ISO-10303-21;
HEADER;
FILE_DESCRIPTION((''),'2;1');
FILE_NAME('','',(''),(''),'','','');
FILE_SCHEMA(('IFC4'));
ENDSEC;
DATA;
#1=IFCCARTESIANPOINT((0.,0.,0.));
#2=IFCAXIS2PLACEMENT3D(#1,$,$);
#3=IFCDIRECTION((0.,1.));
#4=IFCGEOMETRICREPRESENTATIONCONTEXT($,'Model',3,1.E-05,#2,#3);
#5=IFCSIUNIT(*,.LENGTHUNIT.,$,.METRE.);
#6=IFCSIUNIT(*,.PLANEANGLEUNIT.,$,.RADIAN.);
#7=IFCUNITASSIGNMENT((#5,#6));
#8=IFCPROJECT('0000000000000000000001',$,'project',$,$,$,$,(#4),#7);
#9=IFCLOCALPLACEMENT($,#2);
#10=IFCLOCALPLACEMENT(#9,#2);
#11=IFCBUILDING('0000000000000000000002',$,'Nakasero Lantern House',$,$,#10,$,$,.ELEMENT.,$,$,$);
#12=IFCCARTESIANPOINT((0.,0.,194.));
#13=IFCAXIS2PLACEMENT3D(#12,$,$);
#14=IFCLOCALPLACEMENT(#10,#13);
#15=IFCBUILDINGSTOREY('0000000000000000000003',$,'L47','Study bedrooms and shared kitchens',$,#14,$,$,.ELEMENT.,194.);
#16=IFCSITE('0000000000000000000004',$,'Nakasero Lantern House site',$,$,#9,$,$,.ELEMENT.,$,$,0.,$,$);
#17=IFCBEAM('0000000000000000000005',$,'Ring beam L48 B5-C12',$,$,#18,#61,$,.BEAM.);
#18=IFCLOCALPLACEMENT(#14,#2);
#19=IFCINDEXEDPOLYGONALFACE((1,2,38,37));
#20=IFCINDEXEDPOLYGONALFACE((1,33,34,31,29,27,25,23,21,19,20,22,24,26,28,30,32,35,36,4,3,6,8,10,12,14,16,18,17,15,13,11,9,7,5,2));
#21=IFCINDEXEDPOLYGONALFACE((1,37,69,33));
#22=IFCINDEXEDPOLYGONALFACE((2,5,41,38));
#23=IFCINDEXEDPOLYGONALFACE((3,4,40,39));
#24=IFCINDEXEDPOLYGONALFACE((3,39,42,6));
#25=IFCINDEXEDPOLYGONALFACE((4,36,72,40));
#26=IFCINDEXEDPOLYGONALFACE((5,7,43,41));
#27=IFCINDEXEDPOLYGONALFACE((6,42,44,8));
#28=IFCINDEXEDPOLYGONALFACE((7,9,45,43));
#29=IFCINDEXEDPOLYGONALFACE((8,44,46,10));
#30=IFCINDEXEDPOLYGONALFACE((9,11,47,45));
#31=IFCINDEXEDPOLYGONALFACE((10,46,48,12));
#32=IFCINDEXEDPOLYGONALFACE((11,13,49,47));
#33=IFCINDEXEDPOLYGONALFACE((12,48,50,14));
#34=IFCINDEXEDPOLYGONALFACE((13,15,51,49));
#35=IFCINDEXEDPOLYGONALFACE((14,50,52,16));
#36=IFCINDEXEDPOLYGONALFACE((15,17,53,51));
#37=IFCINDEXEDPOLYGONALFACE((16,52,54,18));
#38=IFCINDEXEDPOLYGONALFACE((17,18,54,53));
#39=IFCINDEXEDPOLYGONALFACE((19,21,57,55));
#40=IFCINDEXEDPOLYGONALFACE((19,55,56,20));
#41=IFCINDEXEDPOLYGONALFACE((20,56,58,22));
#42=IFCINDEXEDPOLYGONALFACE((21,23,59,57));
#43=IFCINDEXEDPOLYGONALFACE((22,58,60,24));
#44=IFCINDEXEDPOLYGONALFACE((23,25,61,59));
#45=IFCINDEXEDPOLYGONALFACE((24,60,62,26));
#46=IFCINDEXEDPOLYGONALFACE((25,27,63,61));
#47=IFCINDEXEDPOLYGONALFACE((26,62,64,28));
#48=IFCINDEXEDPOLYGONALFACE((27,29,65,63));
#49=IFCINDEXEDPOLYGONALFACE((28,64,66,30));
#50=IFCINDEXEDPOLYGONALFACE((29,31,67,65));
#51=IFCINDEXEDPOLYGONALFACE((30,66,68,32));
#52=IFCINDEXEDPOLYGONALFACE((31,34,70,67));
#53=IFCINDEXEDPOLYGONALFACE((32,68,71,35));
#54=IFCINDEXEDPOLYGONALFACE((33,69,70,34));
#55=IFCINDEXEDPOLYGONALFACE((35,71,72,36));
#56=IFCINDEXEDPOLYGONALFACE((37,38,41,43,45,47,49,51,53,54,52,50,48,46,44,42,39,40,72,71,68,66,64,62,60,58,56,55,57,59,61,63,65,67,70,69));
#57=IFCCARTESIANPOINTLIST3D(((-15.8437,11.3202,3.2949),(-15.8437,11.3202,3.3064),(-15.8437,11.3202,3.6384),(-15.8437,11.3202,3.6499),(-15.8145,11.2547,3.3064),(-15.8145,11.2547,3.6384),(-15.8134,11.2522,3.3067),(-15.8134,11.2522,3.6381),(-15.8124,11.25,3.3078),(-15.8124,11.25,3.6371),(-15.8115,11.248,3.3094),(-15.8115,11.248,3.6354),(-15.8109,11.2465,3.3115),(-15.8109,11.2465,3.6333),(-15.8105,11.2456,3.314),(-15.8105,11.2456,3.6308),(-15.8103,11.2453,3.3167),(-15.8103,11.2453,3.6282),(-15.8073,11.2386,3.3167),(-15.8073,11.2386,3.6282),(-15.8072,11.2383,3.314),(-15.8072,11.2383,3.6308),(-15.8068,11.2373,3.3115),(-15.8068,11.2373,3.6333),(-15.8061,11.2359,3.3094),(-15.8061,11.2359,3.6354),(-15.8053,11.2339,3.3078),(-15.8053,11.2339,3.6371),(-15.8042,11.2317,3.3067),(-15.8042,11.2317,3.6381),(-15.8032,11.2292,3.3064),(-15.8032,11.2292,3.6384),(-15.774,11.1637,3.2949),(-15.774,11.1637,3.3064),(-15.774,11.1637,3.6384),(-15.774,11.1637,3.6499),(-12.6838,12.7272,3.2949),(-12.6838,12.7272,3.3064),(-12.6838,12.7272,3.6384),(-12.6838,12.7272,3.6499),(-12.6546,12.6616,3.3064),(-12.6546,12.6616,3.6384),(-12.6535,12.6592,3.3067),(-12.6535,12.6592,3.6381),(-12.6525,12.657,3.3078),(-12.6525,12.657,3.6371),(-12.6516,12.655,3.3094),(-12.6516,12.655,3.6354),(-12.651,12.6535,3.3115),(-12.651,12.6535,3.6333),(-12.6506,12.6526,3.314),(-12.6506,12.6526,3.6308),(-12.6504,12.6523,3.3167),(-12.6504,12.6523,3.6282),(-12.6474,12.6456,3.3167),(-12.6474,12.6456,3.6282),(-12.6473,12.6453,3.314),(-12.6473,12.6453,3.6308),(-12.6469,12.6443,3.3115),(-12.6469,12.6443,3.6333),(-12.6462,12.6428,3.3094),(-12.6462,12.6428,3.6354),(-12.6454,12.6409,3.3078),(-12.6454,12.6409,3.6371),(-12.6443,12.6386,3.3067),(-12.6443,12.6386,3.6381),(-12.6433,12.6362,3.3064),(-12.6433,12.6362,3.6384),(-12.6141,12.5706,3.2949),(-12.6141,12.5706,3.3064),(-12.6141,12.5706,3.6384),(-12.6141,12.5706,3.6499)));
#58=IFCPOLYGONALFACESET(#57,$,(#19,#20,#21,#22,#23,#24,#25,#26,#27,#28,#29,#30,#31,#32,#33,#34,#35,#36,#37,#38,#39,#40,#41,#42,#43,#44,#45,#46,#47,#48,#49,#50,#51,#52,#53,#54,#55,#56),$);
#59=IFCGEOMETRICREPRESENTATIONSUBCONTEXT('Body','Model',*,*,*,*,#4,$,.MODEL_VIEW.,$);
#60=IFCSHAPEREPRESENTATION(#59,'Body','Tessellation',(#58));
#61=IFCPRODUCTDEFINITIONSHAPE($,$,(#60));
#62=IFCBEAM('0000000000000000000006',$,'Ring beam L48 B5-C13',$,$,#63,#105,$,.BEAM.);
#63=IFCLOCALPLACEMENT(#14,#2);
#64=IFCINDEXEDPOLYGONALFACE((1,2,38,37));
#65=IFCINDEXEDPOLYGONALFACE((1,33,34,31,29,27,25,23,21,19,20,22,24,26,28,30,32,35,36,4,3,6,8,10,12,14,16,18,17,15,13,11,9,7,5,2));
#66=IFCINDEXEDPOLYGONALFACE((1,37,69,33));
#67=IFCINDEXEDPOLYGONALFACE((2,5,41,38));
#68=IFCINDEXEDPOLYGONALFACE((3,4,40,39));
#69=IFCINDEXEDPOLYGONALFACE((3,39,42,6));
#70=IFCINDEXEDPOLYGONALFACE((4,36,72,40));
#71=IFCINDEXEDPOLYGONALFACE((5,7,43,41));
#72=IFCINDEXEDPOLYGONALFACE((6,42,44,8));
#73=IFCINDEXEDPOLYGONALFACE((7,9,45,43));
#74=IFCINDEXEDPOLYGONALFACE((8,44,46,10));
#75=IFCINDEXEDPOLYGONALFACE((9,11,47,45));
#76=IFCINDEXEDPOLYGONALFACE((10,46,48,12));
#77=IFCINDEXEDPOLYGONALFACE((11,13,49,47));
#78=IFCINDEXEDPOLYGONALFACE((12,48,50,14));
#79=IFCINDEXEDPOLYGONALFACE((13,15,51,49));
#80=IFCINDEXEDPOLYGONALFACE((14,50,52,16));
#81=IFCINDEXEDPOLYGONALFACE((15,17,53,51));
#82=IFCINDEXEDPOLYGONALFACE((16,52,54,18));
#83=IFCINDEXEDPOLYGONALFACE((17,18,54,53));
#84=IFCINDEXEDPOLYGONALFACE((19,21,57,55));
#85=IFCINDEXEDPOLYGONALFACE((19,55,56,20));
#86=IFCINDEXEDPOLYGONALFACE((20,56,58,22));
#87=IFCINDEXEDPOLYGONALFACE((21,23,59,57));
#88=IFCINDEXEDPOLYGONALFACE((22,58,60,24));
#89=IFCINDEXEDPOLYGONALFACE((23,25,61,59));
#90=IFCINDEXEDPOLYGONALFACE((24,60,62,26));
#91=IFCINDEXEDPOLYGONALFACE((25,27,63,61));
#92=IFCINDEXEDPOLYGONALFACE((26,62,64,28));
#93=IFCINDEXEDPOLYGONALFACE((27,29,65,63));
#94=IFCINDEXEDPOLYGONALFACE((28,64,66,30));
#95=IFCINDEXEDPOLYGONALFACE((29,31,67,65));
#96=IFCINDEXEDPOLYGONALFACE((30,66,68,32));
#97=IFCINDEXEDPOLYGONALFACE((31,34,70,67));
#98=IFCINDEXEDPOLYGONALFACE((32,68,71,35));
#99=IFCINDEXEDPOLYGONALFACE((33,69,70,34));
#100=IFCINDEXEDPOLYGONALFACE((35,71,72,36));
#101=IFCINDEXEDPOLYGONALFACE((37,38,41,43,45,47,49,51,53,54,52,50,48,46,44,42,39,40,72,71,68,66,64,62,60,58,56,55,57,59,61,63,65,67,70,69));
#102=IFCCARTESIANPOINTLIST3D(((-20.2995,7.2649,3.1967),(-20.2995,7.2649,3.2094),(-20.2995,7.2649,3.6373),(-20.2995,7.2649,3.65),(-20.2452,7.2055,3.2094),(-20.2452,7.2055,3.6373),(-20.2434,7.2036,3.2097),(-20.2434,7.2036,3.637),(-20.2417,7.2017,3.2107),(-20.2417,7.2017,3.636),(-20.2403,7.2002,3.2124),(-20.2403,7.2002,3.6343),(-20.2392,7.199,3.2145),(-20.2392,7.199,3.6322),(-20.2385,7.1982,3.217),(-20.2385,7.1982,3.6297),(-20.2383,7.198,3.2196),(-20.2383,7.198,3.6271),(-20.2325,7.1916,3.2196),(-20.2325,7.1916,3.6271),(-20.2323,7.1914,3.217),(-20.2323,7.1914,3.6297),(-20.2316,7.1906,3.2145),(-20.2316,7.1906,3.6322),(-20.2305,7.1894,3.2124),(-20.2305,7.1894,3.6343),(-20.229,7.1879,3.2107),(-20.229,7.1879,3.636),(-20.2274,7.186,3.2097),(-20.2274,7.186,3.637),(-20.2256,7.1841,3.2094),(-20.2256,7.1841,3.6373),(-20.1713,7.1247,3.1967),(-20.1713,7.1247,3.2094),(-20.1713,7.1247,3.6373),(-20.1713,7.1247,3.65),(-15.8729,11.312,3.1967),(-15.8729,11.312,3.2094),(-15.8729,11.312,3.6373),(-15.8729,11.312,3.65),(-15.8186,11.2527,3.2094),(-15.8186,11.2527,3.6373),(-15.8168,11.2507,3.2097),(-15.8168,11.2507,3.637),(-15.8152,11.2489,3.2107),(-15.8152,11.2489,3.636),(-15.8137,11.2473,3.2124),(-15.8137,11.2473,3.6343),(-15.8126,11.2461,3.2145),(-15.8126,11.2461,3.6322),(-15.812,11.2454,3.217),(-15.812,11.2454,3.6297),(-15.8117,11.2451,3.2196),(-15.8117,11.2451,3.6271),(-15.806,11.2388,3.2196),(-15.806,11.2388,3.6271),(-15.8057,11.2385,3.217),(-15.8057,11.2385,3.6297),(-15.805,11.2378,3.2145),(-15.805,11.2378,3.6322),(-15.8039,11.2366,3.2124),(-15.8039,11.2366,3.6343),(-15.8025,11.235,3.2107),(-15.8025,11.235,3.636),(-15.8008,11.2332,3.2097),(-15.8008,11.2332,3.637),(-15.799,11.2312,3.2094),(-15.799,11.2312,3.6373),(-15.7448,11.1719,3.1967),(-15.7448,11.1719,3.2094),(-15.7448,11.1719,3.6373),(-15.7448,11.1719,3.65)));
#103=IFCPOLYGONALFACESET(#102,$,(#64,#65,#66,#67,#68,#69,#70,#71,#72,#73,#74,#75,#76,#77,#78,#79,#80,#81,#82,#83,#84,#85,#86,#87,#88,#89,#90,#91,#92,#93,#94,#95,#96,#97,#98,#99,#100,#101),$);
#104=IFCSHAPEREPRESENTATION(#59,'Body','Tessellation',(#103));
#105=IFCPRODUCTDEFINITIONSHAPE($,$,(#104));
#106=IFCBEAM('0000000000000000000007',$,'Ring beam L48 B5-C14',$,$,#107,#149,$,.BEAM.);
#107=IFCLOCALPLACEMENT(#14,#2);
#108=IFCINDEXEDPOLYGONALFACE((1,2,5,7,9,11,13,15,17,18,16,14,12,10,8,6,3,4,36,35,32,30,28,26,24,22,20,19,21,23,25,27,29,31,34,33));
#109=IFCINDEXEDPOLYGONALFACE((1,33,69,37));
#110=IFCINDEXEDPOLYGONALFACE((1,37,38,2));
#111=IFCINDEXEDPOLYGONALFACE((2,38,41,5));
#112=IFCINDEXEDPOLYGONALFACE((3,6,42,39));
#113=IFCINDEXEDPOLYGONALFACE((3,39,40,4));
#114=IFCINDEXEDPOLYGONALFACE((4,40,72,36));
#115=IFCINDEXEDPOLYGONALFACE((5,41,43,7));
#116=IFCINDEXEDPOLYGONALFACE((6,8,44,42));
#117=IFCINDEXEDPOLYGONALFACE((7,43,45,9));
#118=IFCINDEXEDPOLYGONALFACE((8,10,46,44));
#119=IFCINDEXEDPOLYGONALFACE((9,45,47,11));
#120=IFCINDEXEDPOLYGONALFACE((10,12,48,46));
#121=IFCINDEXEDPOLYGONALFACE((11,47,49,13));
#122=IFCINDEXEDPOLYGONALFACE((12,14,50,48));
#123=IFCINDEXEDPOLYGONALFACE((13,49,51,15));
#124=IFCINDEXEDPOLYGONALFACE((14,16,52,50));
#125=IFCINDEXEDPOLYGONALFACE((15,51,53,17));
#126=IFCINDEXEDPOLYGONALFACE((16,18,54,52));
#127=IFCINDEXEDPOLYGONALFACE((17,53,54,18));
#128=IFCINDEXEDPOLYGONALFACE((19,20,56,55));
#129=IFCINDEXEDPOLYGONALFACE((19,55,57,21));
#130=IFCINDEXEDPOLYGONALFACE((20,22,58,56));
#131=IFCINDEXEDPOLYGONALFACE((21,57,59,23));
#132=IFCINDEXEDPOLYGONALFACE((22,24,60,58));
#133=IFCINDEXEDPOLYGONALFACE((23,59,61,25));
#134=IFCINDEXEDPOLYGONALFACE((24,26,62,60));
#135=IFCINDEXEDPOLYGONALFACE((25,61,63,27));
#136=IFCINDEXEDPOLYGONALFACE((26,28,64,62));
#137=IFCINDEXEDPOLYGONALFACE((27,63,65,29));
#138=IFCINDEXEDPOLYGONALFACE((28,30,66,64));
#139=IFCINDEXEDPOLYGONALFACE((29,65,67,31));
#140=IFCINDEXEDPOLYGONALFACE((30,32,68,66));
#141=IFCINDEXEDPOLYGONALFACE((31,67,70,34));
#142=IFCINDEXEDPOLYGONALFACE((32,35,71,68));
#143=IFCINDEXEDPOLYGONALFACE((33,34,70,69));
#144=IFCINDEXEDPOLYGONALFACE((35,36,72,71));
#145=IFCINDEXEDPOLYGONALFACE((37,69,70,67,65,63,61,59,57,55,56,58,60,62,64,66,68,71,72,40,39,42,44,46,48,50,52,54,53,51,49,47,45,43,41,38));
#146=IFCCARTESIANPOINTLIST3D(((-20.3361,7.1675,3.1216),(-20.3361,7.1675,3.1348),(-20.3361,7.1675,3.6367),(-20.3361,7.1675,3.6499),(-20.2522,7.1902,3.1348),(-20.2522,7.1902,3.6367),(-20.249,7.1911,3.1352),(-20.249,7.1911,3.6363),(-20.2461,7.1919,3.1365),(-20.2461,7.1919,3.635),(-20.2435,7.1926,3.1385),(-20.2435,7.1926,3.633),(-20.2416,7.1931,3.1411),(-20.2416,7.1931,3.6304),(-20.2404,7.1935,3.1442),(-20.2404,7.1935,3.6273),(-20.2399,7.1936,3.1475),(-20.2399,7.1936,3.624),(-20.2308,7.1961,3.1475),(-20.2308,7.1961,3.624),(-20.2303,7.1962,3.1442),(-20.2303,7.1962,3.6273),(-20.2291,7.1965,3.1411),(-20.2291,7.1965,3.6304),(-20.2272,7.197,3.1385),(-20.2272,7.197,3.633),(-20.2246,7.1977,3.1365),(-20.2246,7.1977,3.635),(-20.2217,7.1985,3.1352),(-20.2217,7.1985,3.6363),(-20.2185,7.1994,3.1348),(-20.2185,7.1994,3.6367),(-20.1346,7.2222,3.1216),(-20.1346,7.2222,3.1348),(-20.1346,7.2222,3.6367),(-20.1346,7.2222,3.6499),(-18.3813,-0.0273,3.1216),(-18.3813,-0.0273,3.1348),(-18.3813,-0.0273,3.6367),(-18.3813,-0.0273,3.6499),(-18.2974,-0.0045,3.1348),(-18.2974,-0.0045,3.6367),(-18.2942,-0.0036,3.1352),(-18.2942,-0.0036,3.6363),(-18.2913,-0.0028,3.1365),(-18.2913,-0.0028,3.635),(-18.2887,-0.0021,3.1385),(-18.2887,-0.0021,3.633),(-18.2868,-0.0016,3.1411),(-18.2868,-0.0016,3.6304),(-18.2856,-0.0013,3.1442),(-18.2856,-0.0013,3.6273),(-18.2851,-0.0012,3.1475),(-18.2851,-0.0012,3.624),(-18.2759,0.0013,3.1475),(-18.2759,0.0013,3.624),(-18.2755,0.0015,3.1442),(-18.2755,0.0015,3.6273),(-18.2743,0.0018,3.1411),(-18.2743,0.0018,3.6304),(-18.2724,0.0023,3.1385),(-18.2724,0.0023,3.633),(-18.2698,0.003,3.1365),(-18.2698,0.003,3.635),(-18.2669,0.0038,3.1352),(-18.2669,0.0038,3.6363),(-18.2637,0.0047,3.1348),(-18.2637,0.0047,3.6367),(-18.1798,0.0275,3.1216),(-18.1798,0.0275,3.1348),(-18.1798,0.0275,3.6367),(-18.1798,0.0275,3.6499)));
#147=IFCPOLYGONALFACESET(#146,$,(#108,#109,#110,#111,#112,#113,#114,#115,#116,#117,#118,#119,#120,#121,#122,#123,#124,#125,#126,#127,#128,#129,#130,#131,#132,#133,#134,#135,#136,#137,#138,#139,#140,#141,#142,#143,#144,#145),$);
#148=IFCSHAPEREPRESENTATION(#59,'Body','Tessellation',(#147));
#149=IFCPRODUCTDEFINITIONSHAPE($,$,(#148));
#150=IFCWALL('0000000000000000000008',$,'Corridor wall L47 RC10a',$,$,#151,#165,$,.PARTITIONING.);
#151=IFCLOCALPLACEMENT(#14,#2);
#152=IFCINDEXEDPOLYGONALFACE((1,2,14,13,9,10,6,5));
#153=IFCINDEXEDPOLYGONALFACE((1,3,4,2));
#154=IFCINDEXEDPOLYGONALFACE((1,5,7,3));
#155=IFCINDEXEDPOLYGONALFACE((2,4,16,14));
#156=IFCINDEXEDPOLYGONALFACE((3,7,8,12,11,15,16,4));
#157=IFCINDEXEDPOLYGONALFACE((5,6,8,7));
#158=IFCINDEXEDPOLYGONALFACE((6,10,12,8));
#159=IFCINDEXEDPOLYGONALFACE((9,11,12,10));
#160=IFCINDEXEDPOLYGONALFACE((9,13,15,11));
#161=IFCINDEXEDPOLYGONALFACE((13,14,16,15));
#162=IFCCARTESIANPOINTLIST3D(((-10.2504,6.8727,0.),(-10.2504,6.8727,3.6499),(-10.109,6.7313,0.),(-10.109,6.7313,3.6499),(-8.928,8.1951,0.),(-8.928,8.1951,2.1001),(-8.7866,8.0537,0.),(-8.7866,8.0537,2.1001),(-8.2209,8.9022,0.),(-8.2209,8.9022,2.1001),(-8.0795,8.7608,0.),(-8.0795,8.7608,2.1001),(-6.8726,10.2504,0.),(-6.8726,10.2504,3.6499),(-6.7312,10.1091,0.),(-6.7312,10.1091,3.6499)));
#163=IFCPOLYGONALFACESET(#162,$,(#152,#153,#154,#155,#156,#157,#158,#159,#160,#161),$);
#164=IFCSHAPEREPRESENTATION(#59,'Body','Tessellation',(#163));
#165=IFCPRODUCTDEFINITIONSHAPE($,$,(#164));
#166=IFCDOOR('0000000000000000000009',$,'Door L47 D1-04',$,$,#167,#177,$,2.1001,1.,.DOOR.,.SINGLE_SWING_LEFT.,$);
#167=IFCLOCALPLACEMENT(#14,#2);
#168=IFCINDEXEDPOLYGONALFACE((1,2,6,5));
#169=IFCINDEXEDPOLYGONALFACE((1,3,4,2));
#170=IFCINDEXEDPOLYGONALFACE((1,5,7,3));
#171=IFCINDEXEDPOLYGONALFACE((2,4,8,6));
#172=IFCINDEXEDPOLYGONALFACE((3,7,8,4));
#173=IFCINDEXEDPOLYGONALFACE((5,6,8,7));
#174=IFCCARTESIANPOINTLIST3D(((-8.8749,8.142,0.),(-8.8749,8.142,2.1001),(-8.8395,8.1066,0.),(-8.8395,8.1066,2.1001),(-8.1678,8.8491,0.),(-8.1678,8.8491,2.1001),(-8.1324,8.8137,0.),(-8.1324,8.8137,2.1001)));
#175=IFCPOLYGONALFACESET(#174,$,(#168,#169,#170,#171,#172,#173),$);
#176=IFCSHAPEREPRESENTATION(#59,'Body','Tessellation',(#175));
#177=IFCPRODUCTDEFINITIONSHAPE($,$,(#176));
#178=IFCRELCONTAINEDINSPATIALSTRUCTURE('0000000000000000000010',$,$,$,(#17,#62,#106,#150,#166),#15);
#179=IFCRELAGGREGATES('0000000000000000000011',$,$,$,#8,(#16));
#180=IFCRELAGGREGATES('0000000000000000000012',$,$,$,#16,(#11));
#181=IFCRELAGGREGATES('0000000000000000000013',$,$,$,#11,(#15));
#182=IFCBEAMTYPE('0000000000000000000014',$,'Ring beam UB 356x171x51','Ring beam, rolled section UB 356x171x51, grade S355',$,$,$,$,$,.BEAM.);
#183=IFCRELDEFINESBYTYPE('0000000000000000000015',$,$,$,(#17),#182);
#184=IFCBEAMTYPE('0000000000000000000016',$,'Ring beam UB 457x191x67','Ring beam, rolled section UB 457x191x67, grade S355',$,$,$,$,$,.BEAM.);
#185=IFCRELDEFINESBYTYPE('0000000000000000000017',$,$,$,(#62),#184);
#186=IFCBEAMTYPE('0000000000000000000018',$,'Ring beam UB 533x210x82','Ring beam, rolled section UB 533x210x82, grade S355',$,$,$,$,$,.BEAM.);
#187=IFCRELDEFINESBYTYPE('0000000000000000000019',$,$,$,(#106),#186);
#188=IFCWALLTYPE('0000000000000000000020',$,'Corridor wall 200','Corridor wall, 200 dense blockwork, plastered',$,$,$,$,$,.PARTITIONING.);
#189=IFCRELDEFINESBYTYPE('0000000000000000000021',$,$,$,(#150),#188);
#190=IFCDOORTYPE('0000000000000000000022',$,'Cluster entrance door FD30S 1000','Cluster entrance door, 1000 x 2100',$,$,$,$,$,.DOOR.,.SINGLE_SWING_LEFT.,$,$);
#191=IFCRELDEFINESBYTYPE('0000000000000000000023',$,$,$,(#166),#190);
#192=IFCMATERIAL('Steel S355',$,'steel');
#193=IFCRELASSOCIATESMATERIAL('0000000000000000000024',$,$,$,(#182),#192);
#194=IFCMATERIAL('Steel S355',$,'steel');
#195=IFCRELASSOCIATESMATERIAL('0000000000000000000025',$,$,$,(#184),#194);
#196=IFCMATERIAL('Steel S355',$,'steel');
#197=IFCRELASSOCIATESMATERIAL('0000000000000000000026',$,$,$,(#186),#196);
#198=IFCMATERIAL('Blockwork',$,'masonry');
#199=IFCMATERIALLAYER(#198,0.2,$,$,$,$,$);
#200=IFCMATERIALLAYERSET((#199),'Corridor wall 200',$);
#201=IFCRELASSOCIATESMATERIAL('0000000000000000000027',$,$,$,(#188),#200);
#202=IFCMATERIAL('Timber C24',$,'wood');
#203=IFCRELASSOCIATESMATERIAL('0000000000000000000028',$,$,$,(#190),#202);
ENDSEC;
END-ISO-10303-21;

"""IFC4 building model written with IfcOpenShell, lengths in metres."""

from ifc_helpers import new_model, si_unit, direction, frame, frame_2d, origin, origin_2d, place, context, subcontext, project, spatial, rectangle, i_section, extrude, material, layer, layer_set, material_profile, profile_set, type_object, element, fill, save


model = new_model("IFC4")

# Units and contexts
model_context = context("Model", 3, precision=1e-05, world=origin(), true_north=direction((0.0, 1.0)))
body_context = subcontext(model_context, "Body", "Model", "MODEL_VIEW")
ifc_project = project(units=[si_unit("LENGTHUNIT", "METRE"), si_unit("PLANEANGLEUNIT", "RADIAN")], contexts=[model_context])

# Site, building, storey
site_placement = place(None, origin())
site = spatial("IfcSite", under=ifc_project, at=site_placement, Name="Nakasero Lantern House site", CompositionType="ELEMENT", RefElevation=0.0)
building_placement = place(site_placement, origin())
building = spatial("IfcBuilding", under=site, at=building_placement, Name="Nakasero Lantern House", CompositionType="ELEMENT")
storey_placement = place(building_placement, frame((0.0, 0.0, 194.0)))
storey = spatial("IfcBuildingStorey", under=building, at=storey_placement, Name="L47", Description="Study bedrooms and shared kitchens", CompositionType="ELEMENT", Elevation=194.0)

# Beams
ifc_material_1 = material(Name="Steel S355", Category="steel")
ifc_material_profile_1 = material_profile(ifc_material_1, i_section(OverallWidth=0.1714, OverallDepth=0.355, WebThickness=0.0073, FlangeThickness=0.0115, FilletRadius=0.0103, at=origin_2d()), Name="UB 356x171x51")
ifc_profile_set_1 = profile_set([ifc_material_profile_1], Name="Steel S355")
beam_type_1 = type_object("IfcBeamType", Name="Ring beam UB 356x171x51", Description="Ring beam, rolled section UB 356x171x51, grade S355", PredefinedType="BEAM", material=ifc_profile_set_1)
beam_1_placement = place(storey_placement, frame((-12.6489, 12.6489, 3.4724), z_axis=(-0.913535, -0.406761, 0.0), x_axis=(0.406761, -0.913535, 0.0)))
element("IfcBeam", 1, at=beam_1_placement, inside=storey, type_object=beam_type_1, Name="Ring beam L48 B5-C12", PredefinedType="BEAM", context=body_context, shape_type="SweptSolid", body=[
    extrude(i_section(OverallWidth=0.1714, OverallDepth=0.355, WebThickness=0.0073, FlangeThickness=0.0115, FilletRadius=0.0103, at=origin_2d()), origin(), (0.0, 0.0, 1.0), 3.459),
])
ifc_material_2 = material(Name="Steel S355", Category="steel")
ifc_material_profile_2 = material_profile(ifc_material_2, i_section(OverallWidth=0.1899, OverallDepth=0.4534, WebThickness=0.0085, FlangeThickness=0.0127, FilletRadius=0.0103, at=origin_2d()), Name="UB 457x191x67")
ifc_profile_set_2 = profile_set([ifc_material_profile_2], Name="Steel S355")
beam_type_2 = type_object("IfcBeamType", Name="Ring beam UB 457x191x67", Description="Ring beam, rolled section UB 457x191x67, grade S355", PredefinedType="BEAM", material=ifc_profile_set_2)
beam_2_placement = place(storey_placement, frame((-15.8088, 11.2419, 3.4233), z_axis=(-0.738027, -0.674771, 0.0), x_axis=(0.674771, -0.738027, 0.0)))
element("IfcBeam", 2, at=beam_2_placement, inside=storey, type_object=beam_type_2, Name="Ring beam L48 B5-C13", PredefinedType="BEAM", context=body_context, shape_type="SweptSolid", body=[
    extrude(i_section(OverallWidth=0.1899, OverallDepth=0.4534, WebThickness=0.0085, FlangeThickness=0.0127, FilletRadius=0.0103, at=origin_2d()), origin(), (0.0, 0.0, 1.0), 5.9978),
])
ifc_material_3 = material(Name="Steel S355", Category="steel")
ifc_material_profile_3 = material_profile(ifc_material_3, i_section(OverallWidth=0.2087, OverallDepth=0.5283, WebThickness=0.0095, FlangeThickness=0.0132, FilletRadius=0.0127, at=origin_2d()), Name="UB 533x210x82")
ifc_profile_set_3 = profile_set([ifc_material_profile_3], Name="Steel S355")
beam_type_3 = type_object("IfcBeamType", Name="Ring beam UB 533x210x82", Description="Ring beam, rolled section UB 533x210x82, grade S355", PredefinedType="BEAM", material=ifc_profile_set_3)
beam_3_placement = place(storey_placement, frame((-20.2354, 7.1948, 3.3857), z_axis=(0.262195, -0.965015, 0.0), x_axis=(0.965015, 0.262195, 0.0)))
element("IfcBeam", 3, at=beam_3_placement, inside=storey, type_object=beam_type_3, Name="Ring beam L48 B5-C14", PredefinedType="BEAM", context=body_context, shape_type="SweptSolid", body=[
    extrude(i_section(OverallWidth=0.2087, OverallDepth=0.5283, WebThickness=0.0095, FlangeThickness=0.0132, FilletRadius=0.0127, at=origin_2d()), origin(), (0.0, 0.0, 1.0), 7.4556),
])

# Wall, opening, door
ifc_material_4 = material(Name="Blockwork", Category="masonry")
ifc_layer_1 = layer(ifc_material_4, 0.2)
ifc_layer_set_1 = layer_set([ifc_layer_1], Name="Corridor wall 200")
wall_type_1 = type_object("IfcWallType", Name="Corridor wall 200", Description="Corridor wall, 200 dense blockwork, plastered", PredefinedType="PARTITIONING", material=ifc_layer_set_1)
wall_1_placement = place(storey_placement, frame((-10.1797, 6.802, 0.0), z_axis=(0.0, 0.0, 1.0), x_axis=(0.707107, 0.707107, 0.0)))
wall_1 = element("IfcWall", 4, at=wall_1_placement, inside=storey, type_object=wall_type_1, Name="Corridor wall L47 RC10a", PredefinedType="PARTITIONING", context=body_context, shape_type="SweptSolid", body=[
    extrude(rectangle(XDim=4.7769, YDim=0.2, at=frame_2d((2.3884, 0.0))), origin(), (0.0, 0.0, 1.0), 3.6499),
])
opening_1_placement = place(wall_1_placement, frame((1.8701, 0.0, 0.0)))
opening_1 = element("IfcOpeningElement", 5, at=opening_1_placement, cuts=wall_1, PredefinedType="OPENING", context=body_context, shape_type="SweptSolid", body=[
    extrude(rectangle(XDim=1.0, YDim=2.1001, at=frame_2d((0.5, 1.05))), frame((0.0, 0.1199, 0.0), z_axis=(0.0, -1.0, 0.0), x_axis=(1.0, 0.0, 0.0)), (0.0, 0.0, 1.0), 0.24),
])
ifc_material_5 = material(Name="Timber C24", Category="wood")
door_type_1 = type_object("IfcDoorType", Name="Cluster entrance door FD30S 1000", Description="Cluster entrance door, 1000 x 2100", OperationType="SINGLE_SWING_LEFT", PredefinedType="DOOR", material=ifc_material_5)
door_1_placement = place(opening_1_placement, origin())
door_1 = element("IfcDoor", 6, at=door_1_placement, inside=storey, type_object=door_type_1, Name="Door L47 D1-04", OperationType="SINGLE_SWING_LEFT", OverallHeight=2.1001, OverallWidth=1.0, PredefinedType="DOOR", context=body_context, shape_type="SweptSolid", body=[
    extrude(rectangle(XDim=1.0, YDim=2.1001, at=frame_2d((0.5, 1.05))), frame((0.0, 0.0249, 0.0), z_axis=(0.0, -1.0, 0.0), x_axis=(1.0, 0.0, 0.0)), (0.0, 0.0, 1.0), 0.05),
])
fill(opening_1, door_1)

save(model, "model.ifc")
